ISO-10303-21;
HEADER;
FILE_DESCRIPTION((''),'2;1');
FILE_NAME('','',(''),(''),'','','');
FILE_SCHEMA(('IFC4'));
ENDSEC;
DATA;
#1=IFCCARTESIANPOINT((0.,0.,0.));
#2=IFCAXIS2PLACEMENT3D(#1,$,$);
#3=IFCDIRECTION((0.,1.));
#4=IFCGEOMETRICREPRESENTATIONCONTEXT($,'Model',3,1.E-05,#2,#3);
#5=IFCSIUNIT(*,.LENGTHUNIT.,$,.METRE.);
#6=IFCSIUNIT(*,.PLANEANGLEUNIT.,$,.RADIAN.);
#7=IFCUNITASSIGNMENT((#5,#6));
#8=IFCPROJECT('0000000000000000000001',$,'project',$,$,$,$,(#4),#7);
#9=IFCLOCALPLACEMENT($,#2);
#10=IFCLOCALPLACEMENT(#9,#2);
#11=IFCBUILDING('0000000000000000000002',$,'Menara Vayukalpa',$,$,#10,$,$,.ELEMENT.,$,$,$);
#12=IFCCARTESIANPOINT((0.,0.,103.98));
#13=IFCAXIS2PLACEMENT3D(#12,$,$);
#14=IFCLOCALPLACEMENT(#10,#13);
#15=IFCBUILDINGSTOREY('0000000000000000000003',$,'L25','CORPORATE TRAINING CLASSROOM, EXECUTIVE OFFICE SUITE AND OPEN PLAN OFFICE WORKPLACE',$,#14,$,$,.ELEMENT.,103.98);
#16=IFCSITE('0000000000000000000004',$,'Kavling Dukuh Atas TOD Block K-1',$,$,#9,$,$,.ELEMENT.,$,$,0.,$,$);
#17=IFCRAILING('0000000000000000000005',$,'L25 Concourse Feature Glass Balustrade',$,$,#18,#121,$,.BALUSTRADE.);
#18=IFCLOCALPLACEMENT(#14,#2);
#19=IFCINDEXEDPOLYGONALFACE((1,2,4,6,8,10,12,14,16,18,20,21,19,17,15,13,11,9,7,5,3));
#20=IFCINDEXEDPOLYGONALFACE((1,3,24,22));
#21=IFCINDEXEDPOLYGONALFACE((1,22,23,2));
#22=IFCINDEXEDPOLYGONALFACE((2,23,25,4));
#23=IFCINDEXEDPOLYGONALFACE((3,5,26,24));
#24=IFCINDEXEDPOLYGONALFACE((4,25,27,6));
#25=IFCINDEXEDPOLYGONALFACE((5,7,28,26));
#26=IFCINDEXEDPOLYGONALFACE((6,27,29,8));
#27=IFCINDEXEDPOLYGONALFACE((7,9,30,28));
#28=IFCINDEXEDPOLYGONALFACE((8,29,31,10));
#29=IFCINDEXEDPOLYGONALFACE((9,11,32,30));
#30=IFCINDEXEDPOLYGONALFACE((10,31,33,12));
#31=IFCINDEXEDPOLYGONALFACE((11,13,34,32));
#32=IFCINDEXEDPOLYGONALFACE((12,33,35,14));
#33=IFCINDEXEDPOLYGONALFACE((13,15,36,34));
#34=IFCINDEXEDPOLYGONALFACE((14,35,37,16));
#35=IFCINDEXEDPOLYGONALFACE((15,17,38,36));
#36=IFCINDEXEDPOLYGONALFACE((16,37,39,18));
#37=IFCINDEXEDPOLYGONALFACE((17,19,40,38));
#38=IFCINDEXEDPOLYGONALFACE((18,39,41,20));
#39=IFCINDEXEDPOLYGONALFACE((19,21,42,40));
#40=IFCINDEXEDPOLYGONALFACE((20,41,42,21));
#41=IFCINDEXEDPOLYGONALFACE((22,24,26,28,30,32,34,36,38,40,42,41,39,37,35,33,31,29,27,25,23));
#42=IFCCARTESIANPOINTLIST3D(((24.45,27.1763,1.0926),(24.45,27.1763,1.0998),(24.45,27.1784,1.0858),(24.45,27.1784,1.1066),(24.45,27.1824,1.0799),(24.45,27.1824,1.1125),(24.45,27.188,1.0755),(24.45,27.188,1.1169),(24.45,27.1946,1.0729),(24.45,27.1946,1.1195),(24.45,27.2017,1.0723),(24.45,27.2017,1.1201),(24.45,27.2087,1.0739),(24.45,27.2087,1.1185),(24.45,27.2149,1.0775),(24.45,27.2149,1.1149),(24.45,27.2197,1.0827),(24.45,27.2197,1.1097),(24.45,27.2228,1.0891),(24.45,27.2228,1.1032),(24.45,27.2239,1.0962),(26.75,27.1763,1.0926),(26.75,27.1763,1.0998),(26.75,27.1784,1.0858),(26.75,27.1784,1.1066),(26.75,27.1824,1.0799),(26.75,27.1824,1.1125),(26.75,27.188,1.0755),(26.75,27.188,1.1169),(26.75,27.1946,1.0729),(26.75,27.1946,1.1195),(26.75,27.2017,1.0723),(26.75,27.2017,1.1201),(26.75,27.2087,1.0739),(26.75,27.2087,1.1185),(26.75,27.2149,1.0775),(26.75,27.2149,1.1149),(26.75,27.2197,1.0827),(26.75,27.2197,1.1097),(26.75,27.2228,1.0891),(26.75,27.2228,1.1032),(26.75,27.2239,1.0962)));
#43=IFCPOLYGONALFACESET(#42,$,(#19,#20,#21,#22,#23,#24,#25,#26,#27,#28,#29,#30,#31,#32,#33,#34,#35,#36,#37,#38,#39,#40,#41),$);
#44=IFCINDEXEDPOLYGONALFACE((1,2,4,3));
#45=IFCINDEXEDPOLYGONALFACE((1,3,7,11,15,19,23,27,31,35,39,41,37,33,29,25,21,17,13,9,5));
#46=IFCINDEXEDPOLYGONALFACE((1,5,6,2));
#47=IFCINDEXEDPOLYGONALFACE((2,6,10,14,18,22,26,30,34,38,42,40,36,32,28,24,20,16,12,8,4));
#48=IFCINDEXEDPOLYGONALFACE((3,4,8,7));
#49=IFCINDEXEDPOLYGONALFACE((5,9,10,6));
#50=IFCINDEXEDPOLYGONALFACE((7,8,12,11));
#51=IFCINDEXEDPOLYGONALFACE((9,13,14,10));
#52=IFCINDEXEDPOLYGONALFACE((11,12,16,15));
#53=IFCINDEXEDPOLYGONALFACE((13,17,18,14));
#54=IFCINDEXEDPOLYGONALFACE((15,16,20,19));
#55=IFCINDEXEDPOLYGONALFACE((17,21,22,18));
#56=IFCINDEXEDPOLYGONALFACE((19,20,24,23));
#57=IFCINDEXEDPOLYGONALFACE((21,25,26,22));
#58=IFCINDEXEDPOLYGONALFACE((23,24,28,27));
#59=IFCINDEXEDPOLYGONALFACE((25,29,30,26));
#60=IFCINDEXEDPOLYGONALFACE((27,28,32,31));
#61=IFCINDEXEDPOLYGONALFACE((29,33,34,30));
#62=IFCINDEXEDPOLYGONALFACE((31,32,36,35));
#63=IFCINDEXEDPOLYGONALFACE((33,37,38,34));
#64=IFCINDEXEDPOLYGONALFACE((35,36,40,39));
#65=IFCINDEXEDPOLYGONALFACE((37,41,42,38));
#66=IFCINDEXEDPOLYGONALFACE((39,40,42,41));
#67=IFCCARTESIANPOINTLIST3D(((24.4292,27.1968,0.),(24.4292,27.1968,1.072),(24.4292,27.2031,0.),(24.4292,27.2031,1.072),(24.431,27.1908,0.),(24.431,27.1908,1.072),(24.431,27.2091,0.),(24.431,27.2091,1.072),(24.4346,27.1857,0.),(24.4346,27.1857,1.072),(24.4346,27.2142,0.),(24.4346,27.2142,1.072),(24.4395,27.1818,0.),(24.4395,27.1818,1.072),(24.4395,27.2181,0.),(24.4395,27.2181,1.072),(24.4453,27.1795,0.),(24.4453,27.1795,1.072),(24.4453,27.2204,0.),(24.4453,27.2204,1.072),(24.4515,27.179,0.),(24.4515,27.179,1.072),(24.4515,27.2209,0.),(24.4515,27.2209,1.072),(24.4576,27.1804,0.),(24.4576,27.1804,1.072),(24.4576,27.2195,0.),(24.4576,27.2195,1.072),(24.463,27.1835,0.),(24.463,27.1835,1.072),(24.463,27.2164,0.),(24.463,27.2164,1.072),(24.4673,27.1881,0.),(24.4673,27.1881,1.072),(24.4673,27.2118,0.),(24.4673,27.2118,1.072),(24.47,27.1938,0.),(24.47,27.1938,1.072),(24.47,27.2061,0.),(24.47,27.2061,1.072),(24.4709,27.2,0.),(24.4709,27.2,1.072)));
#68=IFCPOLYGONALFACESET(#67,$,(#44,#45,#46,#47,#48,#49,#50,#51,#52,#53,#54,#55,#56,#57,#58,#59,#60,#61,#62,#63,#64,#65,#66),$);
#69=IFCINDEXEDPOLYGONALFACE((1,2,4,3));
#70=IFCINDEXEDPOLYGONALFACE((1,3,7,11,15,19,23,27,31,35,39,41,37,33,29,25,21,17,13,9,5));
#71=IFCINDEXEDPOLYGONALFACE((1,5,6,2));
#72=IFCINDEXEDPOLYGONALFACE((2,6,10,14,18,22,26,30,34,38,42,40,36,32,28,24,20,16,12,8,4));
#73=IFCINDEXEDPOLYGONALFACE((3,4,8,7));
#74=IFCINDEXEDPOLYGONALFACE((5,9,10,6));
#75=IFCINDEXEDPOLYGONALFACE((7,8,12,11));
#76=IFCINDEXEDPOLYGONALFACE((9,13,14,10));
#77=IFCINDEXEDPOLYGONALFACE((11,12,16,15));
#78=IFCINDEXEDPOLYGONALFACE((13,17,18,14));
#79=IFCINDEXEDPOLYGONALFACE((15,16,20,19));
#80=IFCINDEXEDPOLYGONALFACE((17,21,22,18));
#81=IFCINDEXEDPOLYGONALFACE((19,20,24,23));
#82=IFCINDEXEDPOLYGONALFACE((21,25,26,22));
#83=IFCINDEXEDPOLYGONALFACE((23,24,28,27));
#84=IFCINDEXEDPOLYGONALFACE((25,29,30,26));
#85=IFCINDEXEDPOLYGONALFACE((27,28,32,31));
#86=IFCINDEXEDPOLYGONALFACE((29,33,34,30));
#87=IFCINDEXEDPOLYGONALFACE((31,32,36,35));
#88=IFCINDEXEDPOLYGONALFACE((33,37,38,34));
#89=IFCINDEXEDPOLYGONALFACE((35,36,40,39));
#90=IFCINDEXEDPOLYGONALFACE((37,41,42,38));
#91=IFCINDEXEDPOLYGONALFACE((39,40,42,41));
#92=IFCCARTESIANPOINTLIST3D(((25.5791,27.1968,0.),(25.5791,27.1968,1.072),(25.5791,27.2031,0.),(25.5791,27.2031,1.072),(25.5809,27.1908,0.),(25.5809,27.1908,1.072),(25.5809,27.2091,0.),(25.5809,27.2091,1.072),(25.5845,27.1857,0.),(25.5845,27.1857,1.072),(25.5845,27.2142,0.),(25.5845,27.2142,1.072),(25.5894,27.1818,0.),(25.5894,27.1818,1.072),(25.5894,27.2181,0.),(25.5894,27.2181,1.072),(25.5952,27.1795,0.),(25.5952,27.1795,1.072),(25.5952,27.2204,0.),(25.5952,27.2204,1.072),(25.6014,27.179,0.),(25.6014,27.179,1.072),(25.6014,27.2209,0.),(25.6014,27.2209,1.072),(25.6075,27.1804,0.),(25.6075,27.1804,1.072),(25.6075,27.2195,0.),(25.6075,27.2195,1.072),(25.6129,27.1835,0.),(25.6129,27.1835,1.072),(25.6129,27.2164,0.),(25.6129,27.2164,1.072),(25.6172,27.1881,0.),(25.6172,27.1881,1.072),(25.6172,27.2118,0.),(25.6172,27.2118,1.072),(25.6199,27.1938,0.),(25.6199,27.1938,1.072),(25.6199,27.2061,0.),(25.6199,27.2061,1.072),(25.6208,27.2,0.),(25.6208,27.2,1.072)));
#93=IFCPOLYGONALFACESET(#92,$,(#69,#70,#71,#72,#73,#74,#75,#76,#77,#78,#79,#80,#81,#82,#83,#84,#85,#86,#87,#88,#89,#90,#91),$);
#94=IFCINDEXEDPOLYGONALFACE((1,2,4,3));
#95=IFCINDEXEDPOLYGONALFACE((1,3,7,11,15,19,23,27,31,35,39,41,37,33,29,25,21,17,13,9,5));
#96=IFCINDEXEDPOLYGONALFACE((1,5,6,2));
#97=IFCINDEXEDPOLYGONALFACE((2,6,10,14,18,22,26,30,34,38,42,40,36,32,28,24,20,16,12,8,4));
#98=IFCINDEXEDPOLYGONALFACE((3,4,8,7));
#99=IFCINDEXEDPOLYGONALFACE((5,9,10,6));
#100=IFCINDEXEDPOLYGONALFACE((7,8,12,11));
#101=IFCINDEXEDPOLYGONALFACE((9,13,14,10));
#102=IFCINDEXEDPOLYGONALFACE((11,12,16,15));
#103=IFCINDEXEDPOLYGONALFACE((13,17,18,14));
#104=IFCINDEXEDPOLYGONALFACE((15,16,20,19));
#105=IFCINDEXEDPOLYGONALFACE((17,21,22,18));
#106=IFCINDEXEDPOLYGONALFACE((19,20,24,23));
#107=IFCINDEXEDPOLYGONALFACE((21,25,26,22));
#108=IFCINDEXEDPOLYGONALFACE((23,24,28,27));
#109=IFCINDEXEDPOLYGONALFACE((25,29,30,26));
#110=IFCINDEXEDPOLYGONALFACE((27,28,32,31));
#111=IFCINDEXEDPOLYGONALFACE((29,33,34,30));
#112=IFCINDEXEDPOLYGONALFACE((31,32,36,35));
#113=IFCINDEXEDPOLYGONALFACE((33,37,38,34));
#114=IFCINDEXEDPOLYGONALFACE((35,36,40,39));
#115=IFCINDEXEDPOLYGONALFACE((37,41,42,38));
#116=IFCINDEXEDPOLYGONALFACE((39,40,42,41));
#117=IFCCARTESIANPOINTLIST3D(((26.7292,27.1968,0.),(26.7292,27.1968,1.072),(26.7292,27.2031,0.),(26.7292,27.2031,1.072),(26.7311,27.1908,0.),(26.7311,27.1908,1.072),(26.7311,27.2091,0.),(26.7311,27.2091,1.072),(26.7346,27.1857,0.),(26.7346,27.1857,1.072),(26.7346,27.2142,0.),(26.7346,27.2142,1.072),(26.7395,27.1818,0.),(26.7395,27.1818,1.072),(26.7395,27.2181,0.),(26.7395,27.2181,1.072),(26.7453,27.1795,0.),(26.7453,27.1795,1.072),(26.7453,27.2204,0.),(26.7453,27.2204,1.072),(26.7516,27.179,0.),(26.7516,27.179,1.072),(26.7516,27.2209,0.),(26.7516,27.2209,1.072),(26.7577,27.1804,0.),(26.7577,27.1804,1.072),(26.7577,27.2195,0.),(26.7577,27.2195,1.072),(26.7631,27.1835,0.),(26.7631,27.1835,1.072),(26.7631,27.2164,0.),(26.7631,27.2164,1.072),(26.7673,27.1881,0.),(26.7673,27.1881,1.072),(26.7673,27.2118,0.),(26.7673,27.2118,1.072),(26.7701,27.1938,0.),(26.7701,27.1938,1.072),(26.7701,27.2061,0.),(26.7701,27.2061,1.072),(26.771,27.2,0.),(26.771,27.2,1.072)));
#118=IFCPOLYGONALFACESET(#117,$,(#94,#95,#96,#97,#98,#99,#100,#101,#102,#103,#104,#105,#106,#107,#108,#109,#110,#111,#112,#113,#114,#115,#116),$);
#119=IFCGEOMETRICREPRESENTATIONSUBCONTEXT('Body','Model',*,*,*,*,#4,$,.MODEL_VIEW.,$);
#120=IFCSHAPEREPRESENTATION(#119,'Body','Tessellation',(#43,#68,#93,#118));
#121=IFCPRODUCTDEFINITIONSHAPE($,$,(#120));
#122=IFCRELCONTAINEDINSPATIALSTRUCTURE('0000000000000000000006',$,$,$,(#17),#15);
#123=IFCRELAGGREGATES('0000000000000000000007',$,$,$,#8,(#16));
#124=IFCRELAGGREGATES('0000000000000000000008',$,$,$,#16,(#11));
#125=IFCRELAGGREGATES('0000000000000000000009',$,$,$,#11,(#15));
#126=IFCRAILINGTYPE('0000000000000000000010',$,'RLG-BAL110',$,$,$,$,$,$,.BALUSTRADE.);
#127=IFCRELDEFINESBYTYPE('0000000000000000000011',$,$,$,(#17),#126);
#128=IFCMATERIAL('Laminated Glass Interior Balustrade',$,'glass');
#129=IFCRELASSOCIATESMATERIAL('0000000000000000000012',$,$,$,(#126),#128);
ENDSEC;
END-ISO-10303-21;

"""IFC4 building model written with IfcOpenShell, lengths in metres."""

from ifc_helpers import new_model, si_unit, direction, frame, origin, origin_2d, place, context, subcontext, project, spatial, circle, extrude, material, type_object, element, save


model = new_model("IFC4")

# Units and contexts
model_context = context("Model", 3, precision=1e-05, world=origin(), true_north=direction((0.0, 1.0)))
body_context = subcontext(model_context, "Body", "Model", "MODEL_VIEW")
ifc_project = project(units=[si_unit("LENGTHUNIT", "METRE"), si_unit("PLANEANGLEUNIT", "RADIAN")], contexts=[model_context])

# Site, building, storey
site_placement = place(None, origin())
site = spatial("IfcSite", under=ifc_project, at=site_placement, Name="Kavling Dukuh Atas TOD Block K-1", CompositionType="ELEMENT", RefElevation=0.0)
building_placement = place(site_placement, origin())
building = spatial("IfcBuilding", under=site, at=building_placement, Name="Menara Vayukalpa", CompositionType="ELEMENT")
storey_placement = place(building_placement, frame((0.0, 0.0, 103.98)))
storey = spatial("IfcBuildingStorey", under=building, at=storey_placement, Name="L25", Description="CORPORATE TRAINING CLASSROOM, EXECUTIVE OFFICE SUITE AND OPEN PLAN OFFICE WORKPLACE", CompositionType="ELEMENT", Elevation=103.98)

# Railing
ifc_material_1 = material(Name="Laminated Glass Interior Balustrade", Category="glass")
railing_type_1 = type_object("IfcRailingType", Name="RLG-BAL110", PredefinedType="BALUSTRADE", material=ifc_material_1)
railing_1_placement = place(storey_placement, frame((24.45, 27.2, 0.0)))
element("IfcRailing", 1, at=railing_1_placement, inside=storey, type_object=railing_type_1, Name="L25 Concourse Feature Glass Balustrade", PredefinedType="BALUSTRADE", context=body_context, shape_type="SweptSolid", body=[
    extrude(circle(Radius=0.0239, at=origin_2d()), frame((0.0, 0.0, 1.0962), z_axis=(1.0, 0.0, 0.0), x_axis=(0.0, 1.0, 0.0)), (0.0, 0.0, 1.0), 2.3),
    extrude(circle(Radius=0.021, at=origin_2d()), origin(), (0.0, 0.0, 1.0), 1.072),
    extrude(circle(Radius=0.021, at=origin_2d()), frame((1.1499, 0.0, 0.0)), (0.0, 0.0, 1.0), 1.072),
    extrude(circle(Radius=0.021, at=origin_2d()), frame((2.3, 0.0, 0.0)), (0.0, 0.0, 1.0), 1.072),
])

save(model, "model.ifc")
